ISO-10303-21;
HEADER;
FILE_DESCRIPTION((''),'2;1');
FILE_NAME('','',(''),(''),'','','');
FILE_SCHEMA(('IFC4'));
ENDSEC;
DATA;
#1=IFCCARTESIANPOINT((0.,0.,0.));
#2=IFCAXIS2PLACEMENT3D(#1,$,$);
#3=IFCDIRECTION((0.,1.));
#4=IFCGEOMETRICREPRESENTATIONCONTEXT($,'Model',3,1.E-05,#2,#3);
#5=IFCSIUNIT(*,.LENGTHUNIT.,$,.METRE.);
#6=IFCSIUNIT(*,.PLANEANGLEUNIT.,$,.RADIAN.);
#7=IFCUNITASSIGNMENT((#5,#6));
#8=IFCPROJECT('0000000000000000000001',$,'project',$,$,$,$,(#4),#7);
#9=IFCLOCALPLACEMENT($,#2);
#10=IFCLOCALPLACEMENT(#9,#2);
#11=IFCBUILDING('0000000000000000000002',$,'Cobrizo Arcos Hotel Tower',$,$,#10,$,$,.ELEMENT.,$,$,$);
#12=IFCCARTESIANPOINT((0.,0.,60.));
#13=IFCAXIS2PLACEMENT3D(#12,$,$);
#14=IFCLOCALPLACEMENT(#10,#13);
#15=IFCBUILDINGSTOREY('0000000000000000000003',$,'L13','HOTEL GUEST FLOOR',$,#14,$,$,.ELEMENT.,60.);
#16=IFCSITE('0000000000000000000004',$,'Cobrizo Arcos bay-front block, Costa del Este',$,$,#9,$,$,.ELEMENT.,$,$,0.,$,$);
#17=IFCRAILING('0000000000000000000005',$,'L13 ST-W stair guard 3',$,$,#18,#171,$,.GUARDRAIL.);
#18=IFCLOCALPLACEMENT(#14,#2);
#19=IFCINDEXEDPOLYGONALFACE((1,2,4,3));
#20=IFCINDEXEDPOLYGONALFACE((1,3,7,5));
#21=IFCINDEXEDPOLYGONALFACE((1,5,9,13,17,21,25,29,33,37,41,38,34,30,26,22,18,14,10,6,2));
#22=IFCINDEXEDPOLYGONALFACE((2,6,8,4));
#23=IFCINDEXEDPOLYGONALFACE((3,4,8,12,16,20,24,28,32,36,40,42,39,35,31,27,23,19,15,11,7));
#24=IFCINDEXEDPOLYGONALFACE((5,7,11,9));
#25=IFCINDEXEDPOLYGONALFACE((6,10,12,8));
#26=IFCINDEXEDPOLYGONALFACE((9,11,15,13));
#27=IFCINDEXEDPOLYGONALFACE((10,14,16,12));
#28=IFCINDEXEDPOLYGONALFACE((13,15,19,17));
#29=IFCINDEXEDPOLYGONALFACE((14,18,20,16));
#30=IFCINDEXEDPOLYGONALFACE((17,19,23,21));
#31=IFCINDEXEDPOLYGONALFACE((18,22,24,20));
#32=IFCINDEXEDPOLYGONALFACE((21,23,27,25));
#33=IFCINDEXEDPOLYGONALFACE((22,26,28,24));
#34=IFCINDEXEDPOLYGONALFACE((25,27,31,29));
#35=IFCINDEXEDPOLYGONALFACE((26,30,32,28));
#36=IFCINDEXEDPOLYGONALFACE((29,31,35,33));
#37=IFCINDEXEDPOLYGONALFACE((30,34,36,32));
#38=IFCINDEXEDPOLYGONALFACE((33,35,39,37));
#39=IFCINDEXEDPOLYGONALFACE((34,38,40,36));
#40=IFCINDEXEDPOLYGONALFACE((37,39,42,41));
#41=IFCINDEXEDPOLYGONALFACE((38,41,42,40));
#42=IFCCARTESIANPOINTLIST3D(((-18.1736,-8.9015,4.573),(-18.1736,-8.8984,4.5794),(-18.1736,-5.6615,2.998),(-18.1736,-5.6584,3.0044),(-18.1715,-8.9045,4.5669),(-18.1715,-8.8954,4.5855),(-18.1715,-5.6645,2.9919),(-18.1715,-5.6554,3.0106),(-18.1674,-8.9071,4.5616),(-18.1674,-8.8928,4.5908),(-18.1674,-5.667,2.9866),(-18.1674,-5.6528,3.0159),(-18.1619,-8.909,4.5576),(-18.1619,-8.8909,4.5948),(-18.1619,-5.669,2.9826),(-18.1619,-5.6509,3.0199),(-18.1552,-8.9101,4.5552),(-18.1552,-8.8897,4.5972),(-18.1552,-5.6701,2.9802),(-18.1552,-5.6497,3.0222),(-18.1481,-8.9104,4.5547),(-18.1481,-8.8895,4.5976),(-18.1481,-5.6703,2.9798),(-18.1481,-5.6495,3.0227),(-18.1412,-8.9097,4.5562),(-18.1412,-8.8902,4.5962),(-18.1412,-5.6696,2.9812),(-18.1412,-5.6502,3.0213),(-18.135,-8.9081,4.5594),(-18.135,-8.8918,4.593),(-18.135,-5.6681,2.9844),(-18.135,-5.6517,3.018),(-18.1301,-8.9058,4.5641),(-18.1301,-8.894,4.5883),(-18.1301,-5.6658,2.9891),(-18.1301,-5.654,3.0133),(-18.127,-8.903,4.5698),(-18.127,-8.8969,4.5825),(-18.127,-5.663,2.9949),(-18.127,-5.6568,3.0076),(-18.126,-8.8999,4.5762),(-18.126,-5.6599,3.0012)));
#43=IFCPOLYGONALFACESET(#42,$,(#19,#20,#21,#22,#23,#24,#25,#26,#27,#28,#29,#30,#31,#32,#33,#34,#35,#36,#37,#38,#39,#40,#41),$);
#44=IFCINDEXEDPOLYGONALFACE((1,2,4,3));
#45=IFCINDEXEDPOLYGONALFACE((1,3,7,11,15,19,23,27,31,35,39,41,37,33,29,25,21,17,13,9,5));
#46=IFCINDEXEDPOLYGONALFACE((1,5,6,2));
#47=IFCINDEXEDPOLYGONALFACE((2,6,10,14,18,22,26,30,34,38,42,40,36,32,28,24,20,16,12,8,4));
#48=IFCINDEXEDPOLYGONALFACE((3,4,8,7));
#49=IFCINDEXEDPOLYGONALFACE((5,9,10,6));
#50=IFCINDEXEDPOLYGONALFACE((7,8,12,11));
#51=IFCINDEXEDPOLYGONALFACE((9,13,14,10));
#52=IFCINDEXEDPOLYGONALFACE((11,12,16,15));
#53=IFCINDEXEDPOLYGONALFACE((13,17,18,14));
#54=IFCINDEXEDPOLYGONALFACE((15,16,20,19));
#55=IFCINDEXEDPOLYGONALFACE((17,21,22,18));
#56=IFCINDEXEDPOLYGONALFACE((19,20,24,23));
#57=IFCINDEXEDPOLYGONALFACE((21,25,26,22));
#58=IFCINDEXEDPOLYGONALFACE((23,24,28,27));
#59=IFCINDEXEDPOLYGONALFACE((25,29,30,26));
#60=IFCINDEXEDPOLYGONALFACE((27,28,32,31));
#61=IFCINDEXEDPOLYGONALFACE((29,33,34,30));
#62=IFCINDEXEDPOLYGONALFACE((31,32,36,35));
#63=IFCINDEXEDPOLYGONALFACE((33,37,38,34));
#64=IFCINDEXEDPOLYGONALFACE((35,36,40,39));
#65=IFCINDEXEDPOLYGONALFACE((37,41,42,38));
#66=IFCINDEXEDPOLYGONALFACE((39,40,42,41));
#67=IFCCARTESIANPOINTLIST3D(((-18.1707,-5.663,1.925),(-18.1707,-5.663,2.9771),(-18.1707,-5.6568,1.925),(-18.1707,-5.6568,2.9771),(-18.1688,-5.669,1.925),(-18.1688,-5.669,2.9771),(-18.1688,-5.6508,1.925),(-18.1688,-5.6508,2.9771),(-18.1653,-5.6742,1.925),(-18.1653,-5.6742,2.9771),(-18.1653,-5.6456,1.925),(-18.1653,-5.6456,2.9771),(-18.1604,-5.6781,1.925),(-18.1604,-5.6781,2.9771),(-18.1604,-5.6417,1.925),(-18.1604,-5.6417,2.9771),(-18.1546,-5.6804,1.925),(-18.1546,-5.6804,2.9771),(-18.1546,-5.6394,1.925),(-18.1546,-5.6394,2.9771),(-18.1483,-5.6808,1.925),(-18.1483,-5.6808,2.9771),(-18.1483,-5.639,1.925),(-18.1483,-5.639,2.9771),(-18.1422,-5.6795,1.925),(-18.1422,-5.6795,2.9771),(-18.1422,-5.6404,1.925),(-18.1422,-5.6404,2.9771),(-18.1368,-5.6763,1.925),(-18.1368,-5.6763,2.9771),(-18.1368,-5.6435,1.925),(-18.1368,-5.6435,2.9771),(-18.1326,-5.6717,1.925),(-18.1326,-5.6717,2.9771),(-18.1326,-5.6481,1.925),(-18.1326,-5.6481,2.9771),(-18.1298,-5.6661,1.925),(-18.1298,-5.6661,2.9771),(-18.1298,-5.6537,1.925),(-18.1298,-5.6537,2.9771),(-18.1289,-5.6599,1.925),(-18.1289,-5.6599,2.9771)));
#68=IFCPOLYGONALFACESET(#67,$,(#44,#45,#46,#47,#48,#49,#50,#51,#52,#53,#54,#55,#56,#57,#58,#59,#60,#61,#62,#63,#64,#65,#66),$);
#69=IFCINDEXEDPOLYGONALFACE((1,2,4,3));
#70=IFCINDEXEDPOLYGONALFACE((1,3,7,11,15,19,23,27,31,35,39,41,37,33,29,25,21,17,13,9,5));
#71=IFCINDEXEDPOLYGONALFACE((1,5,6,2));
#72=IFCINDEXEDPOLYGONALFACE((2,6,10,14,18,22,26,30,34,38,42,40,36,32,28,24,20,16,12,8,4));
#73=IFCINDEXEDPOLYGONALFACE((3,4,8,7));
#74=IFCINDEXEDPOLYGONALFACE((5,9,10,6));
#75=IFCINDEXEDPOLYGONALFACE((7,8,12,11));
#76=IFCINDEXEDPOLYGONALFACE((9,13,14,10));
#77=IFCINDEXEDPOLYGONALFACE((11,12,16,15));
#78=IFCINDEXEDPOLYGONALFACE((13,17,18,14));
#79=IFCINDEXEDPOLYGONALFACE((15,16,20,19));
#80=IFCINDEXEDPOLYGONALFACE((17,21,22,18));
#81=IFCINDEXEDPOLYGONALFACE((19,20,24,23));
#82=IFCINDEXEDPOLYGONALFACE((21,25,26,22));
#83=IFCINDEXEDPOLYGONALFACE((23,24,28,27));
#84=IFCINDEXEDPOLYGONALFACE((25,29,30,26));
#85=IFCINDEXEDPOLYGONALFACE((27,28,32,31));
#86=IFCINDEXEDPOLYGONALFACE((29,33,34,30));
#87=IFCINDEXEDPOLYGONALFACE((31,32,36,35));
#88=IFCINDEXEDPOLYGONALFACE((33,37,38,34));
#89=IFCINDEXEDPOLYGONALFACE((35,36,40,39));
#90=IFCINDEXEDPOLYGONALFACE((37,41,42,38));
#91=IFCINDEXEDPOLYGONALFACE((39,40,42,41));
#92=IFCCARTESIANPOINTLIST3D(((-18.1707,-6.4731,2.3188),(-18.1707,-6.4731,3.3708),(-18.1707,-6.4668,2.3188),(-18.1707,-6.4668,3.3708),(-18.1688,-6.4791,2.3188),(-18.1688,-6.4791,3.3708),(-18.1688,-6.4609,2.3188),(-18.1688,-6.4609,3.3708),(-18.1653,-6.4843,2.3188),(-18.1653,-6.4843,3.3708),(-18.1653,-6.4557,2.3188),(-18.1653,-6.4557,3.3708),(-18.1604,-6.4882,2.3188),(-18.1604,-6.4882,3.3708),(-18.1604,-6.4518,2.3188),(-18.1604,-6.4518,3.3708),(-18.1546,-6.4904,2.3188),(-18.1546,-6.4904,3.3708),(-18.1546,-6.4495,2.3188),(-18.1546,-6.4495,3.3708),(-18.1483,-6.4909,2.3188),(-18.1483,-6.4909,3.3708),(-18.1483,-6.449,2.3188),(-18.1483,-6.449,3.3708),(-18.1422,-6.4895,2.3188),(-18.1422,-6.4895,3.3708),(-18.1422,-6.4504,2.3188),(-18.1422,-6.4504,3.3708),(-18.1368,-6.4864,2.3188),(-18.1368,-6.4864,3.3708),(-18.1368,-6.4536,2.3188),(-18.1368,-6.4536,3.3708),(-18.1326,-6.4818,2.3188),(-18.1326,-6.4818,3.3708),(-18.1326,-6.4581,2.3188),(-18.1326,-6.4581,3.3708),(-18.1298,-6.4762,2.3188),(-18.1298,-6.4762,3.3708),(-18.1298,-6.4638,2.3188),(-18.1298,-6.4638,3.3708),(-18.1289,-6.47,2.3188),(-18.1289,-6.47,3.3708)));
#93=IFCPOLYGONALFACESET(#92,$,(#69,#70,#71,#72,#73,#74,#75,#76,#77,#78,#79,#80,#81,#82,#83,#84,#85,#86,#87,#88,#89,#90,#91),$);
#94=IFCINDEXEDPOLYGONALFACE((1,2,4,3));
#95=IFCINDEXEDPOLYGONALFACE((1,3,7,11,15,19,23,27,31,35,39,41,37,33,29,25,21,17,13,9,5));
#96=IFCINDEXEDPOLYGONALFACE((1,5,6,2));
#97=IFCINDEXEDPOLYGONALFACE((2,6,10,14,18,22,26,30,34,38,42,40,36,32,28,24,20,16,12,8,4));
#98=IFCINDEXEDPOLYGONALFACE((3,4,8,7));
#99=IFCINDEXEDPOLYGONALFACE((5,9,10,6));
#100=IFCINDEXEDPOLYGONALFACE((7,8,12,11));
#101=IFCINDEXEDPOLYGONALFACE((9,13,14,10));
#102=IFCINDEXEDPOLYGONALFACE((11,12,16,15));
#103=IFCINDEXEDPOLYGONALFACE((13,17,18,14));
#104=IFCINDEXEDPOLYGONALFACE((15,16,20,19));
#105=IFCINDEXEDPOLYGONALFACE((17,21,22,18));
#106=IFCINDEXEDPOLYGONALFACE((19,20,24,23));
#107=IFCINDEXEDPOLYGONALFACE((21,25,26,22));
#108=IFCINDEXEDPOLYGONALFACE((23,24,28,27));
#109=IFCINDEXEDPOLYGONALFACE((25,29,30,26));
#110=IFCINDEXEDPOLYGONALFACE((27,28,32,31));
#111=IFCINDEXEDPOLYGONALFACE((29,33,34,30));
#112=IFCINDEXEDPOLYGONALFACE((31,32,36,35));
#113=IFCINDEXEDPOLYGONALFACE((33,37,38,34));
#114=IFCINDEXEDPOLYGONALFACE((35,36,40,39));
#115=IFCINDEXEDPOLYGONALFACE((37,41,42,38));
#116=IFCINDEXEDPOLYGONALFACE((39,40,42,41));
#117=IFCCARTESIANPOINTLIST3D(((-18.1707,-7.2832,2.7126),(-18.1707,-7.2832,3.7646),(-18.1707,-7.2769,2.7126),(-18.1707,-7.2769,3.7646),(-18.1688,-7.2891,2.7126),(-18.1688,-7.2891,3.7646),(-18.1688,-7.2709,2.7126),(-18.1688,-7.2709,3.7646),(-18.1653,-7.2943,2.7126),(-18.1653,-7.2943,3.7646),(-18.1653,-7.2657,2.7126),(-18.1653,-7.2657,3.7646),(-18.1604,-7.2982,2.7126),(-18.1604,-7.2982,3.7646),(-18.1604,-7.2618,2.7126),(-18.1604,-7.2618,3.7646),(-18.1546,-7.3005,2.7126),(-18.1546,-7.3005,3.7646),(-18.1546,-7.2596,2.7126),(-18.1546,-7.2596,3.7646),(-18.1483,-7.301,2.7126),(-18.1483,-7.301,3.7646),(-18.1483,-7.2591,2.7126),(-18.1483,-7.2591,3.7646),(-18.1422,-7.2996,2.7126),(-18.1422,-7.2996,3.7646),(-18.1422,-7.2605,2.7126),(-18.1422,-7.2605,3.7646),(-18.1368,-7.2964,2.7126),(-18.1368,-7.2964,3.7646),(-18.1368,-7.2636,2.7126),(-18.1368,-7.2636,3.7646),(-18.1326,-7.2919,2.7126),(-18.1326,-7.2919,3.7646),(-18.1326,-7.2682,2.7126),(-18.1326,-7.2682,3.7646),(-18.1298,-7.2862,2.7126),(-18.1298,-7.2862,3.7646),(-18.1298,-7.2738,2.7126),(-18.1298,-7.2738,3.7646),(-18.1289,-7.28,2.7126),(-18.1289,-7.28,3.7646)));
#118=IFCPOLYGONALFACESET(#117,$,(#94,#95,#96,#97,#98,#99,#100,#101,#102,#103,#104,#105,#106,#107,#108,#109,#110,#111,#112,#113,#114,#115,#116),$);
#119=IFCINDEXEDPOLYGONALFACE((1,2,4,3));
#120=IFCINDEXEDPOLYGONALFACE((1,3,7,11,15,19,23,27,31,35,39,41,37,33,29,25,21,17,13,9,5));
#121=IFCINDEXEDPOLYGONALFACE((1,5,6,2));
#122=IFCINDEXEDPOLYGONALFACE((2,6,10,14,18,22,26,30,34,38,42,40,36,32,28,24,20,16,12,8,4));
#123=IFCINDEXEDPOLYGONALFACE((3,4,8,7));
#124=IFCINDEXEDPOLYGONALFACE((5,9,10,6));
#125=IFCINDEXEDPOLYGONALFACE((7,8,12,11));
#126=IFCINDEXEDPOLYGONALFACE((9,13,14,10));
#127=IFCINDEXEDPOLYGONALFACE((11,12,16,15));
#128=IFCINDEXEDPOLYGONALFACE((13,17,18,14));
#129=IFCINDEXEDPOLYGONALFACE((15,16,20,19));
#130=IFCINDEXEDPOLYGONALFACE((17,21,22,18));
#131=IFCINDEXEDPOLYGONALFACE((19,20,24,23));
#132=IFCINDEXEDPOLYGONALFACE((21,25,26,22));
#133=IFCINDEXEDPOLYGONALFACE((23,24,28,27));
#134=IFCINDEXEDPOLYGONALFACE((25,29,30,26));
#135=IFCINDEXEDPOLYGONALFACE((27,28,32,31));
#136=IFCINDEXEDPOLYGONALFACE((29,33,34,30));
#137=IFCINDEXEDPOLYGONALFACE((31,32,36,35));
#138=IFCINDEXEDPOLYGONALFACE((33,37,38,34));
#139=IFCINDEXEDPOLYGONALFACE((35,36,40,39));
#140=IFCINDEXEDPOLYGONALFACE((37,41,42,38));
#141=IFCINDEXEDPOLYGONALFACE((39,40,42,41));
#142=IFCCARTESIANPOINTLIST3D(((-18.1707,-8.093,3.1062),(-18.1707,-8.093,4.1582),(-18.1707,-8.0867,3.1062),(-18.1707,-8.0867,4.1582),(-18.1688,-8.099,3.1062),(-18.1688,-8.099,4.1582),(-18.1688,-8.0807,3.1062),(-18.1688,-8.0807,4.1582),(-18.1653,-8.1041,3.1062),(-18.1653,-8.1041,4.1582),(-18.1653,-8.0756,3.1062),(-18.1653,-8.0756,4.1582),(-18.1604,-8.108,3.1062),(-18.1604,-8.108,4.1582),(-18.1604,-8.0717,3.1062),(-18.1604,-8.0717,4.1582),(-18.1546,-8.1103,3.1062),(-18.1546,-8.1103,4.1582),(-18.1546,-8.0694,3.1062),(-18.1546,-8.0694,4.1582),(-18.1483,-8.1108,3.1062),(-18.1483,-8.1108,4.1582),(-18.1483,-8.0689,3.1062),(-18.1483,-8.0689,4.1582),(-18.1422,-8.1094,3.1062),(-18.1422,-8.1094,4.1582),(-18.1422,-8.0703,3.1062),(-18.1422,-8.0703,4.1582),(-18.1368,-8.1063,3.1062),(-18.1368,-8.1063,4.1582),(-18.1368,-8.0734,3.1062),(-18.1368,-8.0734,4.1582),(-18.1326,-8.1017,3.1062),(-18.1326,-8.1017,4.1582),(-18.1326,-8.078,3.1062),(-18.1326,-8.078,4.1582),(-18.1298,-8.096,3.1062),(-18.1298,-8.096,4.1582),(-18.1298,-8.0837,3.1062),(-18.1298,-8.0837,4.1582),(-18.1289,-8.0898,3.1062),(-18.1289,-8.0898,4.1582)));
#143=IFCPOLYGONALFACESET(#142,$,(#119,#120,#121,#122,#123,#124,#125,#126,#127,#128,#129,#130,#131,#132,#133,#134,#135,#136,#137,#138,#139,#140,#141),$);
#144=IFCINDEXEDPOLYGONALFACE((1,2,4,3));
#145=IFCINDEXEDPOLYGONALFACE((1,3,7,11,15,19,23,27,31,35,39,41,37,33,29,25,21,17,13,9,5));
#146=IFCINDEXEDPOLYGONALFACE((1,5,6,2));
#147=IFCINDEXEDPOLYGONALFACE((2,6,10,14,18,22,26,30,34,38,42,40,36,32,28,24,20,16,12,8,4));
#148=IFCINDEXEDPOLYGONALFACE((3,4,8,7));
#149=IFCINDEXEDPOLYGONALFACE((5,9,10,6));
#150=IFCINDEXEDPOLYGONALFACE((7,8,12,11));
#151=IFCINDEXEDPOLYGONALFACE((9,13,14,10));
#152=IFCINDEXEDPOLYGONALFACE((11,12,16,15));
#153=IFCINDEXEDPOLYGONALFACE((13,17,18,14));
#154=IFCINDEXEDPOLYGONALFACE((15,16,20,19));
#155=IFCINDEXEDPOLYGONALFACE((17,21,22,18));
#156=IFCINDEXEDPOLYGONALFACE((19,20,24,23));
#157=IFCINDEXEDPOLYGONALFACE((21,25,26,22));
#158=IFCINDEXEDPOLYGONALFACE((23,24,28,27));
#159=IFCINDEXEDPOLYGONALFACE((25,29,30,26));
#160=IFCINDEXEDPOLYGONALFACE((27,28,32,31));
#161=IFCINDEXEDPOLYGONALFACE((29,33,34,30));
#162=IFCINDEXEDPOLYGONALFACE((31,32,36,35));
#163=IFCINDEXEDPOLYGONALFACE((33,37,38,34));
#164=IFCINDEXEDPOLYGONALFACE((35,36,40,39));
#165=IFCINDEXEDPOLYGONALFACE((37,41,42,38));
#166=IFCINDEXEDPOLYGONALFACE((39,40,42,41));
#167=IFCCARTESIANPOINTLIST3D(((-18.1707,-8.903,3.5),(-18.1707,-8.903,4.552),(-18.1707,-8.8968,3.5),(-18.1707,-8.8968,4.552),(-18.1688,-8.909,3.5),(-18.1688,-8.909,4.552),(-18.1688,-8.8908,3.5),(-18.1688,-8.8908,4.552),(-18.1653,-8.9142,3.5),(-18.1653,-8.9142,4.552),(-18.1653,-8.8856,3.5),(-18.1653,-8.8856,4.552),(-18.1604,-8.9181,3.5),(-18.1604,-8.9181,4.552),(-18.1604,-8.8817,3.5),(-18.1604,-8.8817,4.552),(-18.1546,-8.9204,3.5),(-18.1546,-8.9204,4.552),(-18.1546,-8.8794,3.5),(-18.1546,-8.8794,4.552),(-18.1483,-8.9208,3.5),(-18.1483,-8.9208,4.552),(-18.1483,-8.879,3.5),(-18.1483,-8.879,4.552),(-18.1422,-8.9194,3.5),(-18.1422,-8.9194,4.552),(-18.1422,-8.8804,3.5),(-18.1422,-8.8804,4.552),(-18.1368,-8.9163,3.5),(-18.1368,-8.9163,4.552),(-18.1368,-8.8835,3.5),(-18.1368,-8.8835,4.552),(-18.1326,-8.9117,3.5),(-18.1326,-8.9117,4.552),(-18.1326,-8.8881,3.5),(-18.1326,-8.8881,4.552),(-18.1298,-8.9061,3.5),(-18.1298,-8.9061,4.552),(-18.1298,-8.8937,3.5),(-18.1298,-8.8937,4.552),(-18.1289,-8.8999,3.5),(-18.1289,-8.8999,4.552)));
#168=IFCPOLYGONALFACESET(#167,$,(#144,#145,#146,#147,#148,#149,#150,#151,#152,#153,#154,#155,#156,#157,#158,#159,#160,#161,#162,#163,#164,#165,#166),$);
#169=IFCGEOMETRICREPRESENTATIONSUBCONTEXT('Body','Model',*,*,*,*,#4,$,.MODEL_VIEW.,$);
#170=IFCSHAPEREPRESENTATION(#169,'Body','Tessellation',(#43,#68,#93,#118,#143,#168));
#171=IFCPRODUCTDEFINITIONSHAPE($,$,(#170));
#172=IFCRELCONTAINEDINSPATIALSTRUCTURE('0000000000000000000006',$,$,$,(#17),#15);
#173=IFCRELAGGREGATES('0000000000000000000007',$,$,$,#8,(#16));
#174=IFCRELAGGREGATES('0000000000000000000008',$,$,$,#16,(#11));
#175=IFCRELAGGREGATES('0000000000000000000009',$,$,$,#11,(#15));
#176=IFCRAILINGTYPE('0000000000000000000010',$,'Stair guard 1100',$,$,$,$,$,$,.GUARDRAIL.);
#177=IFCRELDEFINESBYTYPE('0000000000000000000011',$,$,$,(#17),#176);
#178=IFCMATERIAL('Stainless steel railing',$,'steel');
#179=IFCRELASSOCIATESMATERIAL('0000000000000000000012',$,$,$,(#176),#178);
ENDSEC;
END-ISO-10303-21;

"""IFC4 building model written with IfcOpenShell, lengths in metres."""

from ifc_helpers import new_model, si_unit, direction, frame, origin, origin_2d, place, context, subcontext, project, spatial, circle, extrude, material, type_object, element, save


model = new_model("IFC4")

# Units and contexts
model_context = context("Model", 3, precision=1e-05, world=origin(), true_north=direction((0.0, 1.0)))
body_context = subcontext(model_context, "Body", "Model", "MODEL_VIEW")
ifc_project = project(units=[si_unit("LENGTHUNIT", "METRE"), si_unit("PLANEANGLEUNIT", "RADIAN")], contexts=[model_context])

# Site, building, storey
site_placement = place(None, origin())
site = spatial("IfcSite", under=ifc_project, at=site_placement, Name="Cobrizo Arcos bay-front block, Costa del Este", CompositionType="ELEMENT", RefElevation=0.0)
building_placement = place(site_placement, origin())
building = spatial("IfcBuilding", under=site, at=building_placement, Name="Cobrizo Arcos Hotel Tower", CompositionType="ELEMENT")
storey_placement = place(building_placement, frame((0.0, 0.0, 60.0)))
storey = spatial("IfcBuildingStorey", under=building, at=storey_placement, Name="L13", Description="HOTEL GUEST FLOOR", CompositionType="ELEMENT", Elevation=60.0)

# Railing
ifc_material_1 = material(Name="Stainless steel railing", Category="steel")
railing_type_1 = type_object("IfcRailingType", Name="Stair guard 1100", PredefinedType="GUARDRAIL", material=ifc_material_1)
railing_1_placement = place(storey_placement, frame((-18.1499, -5.6599, 1.925)))
element("IfcRailing", 1, at=railing_1_placement, inside=storey, type_object=railing_type_1, Name="L13 ST-W stair guard 3", PredefinedType="GUARDRAIL", context=body_context, shape_type="SweptSolid", body=[
    extrude(circle(Radius=0.0239, at=origin_2d()), frame((0.0, 0.0, 1.0762), z_axis=(0.0, -0.899373, 0.437183), x_axis=(1.0, 0.0, 0.0)), (0.0, 0.0, 1.0), 3.6025),
    extrude(circle(Radius=0.021, at=origin_2d()), origin(), (0.0, 0.0, 1.0), 1.052),
    extrude(circle(Radius=0.021, at=origin_2d()), frame((0.0, -0.8101, 0.3938)), (0.0, 0.0, 1.0), 1.052),
    extrude(circle(Radius=0.021, at=origin_2d()), frame((0.0, -1.6201, 0.7876)), (0.0, 0.0, 1.0), 1.052),
    extrude(circle(Radius=0.021, at=origin_2d()), frame((0.0, -2.4299, 1.1812)), (0.0, 0.0, 1.0), 1.052),
    extrude(circle(Radius=0.021, at=origin_2d()), frame((0.0, -3.24, 1.575)), (0.0, 0.0, 1.0), 1.052),
])

save(model, "model.ifc")
